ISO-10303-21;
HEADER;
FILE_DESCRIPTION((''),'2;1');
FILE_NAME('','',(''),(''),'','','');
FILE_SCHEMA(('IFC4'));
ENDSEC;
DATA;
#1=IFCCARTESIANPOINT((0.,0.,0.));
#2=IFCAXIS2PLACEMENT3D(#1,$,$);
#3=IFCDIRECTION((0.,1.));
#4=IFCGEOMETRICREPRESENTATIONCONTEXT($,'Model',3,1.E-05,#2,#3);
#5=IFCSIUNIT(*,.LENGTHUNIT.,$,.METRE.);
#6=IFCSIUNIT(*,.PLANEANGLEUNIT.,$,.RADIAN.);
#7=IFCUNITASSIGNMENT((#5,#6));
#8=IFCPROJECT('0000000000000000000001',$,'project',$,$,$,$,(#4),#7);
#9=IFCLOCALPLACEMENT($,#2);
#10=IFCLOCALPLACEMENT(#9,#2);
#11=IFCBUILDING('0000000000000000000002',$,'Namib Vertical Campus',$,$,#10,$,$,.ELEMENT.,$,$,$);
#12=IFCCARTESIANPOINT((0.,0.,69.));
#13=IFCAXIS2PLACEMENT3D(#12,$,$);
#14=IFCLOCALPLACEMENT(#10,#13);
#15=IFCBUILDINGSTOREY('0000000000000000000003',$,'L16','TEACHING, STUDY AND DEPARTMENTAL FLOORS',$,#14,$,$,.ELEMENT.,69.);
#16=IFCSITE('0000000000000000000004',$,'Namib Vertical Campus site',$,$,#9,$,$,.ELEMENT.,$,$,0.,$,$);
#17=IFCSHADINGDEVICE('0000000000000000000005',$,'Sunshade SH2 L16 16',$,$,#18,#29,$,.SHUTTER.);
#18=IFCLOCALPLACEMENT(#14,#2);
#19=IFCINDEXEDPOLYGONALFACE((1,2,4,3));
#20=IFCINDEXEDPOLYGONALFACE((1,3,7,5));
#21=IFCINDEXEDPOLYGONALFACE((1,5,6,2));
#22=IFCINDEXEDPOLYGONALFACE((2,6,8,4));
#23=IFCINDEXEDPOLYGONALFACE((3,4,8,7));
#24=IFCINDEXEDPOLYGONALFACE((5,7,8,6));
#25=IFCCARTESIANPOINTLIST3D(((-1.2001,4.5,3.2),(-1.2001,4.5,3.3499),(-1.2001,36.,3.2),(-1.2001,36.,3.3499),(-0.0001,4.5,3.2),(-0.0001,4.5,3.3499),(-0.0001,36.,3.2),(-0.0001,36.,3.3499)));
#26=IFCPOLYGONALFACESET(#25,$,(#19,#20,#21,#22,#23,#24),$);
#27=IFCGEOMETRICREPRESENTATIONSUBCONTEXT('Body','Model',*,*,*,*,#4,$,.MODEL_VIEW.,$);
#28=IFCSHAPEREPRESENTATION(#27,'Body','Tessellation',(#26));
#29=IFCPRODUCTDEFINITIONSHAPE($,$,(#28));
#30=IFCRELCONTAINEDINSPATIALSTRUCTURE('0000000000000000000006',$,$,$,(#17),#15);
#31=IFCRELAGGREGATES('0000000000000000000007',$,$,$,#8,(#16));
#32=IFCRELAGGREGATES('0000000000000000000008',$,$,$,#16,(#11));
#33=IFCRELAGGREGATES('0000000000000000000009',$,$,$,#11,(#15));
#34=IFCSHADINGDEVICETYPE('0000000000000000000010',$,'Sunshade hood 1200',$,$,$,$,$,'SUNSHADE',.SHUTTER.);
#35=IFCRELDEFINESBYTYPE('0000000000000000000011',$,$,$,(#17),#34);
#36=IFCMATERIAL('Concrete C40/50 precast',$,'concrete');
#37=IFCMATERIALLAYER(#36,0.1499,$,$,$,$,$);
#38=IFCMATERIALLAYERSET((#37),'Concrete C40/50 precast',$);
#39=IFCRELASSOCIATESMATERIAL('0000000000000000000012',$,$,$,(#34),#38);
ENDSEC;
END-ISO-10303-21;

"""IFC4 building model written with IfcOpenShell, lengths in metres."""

from ifc_helpers import new_model, si_unit, direction, frame, origin, origin_2d, place, context, subcontext, project, spatial, rectangle, extrude, material, layer, layer_set, type_object, element, save


model = new_model("IFC4")

# Units and contexts
model_context = context("Model", 3, precision=1e-05, world=origin(), true_north=direction((0.0, 1.0)))
body_context = subcontext(model_context, "Body", "Model", "MODEL_VIEW")
ifc_project = project(units=[si_unit("LENGTHUNIT", "METRE"), si_unit("PLANEANGLEUNIT", "RADIAN")], contexts=[model_context])

# Site, building, storey
site_placement = place(None, origin())
site = spatial("IfcSite", under=ifc_project, at=site_placement, Name="Namib Vertical Campus site", CompositionType="ELEMENT", RefElevation=0.0)
building_placement = place(site_placement, origin())
building = spatial("IfcBuilding", under=site, at=building_placement, Name="Namib Vertical Campus", CompositionType="ELEMENT")
storey_placement = place(building_placement, frame((0.0, 0.0, 69.0)))
storey = spatial("IfcBuildingStorey", under=building, at=storey_placement, Name="L16", Description="TEACHING, STUDY AND DEPARTMENTAL FLOORS", CompositionType="ELEMENT", Elevation=69.0)

# Shading device
ifc_material_1 = material(Name="Concrete C40/50 precast", Category="concrete")
ifc_layer_1 = layer(ifc_material_1, 0.1499)
ifc_layer_set_1 = layer_set([ifc_layer_1], Name="Concrete C40/50 precast")
shading_device_type = type_object("IfcShadingDeviceType", Name="Sunshade hood 1200", ElementType="SUNSHADE", PredefinedType="SHUTTER", material=ifc_layer_set_1)
shading_device_placement = place(storey_placement, frame((-0.6001, 20.25, 3.2), z_axis=(0.0, 0.0, 1.0), x_axis=(0.0, -1.0, 0.0)))
element("IfcShadingDevice", 1, at=shading_device_placement, inside=storey, type_object=shading_device_type, Name="Sunshade SH2 L16 16", PredefinedType="SHUTTER", context=body_context, shape_type="SweptSolid", body=[
    extrude(rectangle(XDim=31.5, YDim=1.2, at=origin_2d()), origin(), (0.0, 0.0, 1.0), 0.1499),
])

save(model, "model.ifc")
